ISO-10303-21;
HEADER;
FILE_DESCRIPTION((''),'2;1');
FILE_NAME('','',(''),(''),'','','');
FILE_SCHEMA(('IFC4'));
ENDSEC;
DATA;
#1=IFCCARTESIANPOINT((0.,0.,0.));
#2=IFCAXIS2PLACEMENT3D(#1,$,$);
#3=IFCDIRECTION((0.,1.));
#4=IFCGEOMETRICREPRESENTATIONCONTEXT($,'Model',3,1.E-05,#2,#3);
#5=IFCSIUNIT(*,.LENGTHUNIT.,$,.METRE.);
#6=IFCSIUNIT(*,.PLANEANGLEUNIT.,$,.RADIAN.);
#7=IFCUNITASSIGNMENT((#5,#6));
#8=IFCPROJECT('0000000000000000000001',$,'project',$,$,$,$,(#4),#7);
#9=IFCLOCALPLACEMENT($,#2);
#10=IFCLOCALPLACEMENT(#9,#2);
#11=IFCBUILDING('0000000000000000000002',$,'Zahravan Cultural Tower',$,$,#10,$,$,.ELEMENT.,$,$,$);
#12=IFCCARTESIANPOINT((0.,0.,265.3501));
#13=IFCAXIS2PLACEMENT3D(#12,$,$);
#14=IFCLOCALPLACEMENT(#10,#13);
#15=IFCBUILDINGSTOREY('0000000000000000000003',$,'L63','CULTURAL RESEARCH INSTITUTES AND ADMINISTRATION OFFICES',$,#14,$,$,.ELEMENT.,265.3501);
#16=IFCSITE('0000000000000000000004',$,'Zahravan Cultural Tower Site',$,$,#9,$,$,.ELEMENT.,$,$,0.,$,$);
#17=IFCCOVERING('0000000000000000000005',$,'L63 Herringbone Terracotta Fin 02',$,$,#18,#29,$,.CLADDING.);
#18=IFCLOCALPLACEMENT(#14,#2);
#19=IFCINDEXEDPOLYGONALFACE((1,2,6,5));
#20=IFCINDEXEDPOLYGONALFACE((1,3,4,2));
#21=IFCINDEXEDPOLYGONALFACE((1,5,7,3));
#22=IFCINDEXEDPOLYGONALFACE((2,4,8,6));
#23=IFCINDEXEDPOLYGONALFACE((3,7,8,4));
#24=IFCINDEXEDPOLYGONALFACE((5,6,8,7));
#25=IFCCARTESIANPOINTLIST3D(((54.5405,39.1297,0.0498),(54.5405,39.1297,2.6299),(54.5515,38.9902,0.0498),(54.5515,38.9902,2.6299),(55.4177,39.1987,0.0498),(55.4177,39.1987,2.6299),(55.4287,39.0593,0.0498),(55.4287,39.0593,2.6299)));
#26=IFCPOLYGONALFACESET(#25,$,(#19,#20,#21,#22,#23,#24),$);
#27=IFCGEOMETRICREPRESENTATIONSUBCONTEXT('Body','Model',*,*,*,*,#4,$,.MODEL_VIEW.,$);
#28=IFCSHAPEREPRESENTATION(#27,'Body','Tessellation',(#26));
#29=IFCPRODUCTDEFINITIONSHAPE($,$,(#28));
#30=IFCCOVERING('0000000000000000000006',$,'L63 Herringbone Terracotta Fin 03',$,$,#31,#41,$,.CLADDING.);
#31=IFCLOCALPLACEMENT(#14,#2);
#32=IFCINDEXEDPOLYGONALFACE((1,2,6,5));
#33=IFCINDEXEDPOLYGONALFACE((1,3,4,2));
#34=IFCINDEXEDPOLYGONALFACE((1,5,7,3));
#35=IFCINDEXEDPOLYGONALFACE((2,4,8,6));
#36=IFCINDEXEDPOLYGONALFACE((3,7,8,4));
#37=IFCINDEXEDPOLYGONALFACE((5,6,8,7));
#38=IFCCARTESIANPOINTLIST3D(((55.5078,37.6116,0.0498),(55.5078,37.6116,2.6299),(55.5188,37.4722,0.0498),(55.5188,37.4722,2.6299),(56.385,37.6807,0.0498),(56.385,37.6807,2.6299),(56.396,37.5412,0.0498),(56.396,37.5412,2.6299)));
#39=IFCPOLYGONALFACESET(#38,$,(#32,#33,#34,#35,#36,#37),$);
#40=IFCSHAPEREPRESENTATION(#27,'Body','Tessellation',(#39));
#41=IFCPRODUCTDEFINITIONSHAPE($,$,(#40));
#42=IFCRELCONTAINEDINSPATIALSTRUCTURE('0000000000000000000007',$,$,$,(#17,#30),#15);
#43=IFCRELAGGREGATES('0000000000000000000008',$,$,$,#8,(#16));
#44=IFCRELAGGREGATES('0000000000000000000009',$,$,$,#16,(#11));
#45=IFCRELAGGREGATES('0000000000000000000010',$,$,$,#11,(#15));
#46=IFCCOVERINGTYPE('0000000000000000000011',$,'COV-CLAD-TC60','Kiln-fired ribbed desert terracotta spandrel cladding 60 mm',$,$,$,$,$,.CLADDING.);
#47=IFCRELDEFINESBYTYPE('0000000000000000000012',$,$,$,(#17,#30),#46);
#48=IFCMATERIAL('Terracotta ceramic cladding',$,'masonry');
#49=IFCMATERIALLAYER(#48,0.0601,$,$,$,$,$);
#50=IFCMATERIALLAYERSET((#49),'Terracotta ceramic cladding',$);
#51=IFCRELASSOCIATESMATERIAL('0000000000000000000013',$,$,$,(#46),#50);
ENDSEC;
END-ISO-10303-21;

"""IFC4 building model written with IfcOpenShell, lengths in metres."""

from ifc_helpers import new_model, si_unit, direction, frame, origin, origin_2d, place, context, subcontext, project, spatial, rectangle, extrude, source, transform, mapped, material, layer, layer_set, type_object, element, save


model = new_model("IFC4")

# Units and contexts
model_context = context("Model", 3, precision=1e-05, world=origin(), true_north=direction((0.0, 1.0)))
body_context = subcontext(model_context, "Body", "Model", "MODEL_VIEW")
ifc_project = project(units=[si_unit("LENGTHUNIT", "METRE"), si_unit("PLANEANGLEUNIT", "RADIAN")], contexts=[model_context])

# Site, building, storey
site_placement = place(None, origin())
site = spatial("IfcSite", under=ifc_project, at=site_placement, Name="Zahravan Cultural Tower Site", CompositionType="ELEMENT", RefElevation=0.0)
building_placement = place(site_placement, origin())
building = spatial("IfcBuilding", under=site, at=building_placement, Name="Zahravan Cultural Tower", CompositionType="ELEMENT")
storey_placement = place(building_placement, frame((0.0, 0.0, 265.3501)))
storey = spatial("IfcBuildingStorey", under=building, at=storey_placement, Name="L63", Description="CULTURAL RESEARCH INSTITUTES AND ADMINISTRATION OFFICES", CompositionType="ELEMENT", Elevation=265.3501)

# Coverings
ifc_material_1 = material(Name="Terracotta ceramic cladding", Category="masonry")
ifc_layer_1 = layer(ifc_material_1, 0.0601)
ifc_layer_set_1 = layer_set([ifc_layer_1], Name="Terracotta ceramic cladding")
covering_type = type_object("IfcCoveringType", Name="COV-CLAD-TC60", Description="Kiln-fired ribbed desert terracotta spandrel cladding 60 mm", PredefinedType="CLADDING", material=ifc_layer_set_1)
shared_shape_1 = source(origin(), body_context, "Body", "SweptSolid", [
    extrude(rectangle(XDim=0.8799, YDim=0.1399, at=origin_2d()), origin(), (0.0, 0.0, 1.0), 2.5801),
])
for number, where, z_axis, x_axis, name in (
    (1, (54.9846, 39.0945, 0.0498), (0.0, 0.0, 1.0), (0.996917, 0.078459, 0.0), "L63 Herringbone Terracotta Fin 02"),
    (2, (55.9519, 37.5764, 0.0498), (0.0, 0.0, 1.0), (0.996917, 0.078459, 0.0), "L63 Herringbone Terracotta Fin 03"),
):
    element("IfcCovering", number, at=place(storey_placement, frame(where, z_axis=z_axis, x_axis=x_axis)), inside=storey, type_object=covering_type, Name=name, PredefinedType="CLADDING", context=body_context, shape_type="MappedRepresentation", body=[
        mapped(shared_shape_1, transform((0.0, 0.0, 0.0), x_axis=(1.0, 0.0, 0.0), y_axis=(0.0, 1.0, 0.0), z_axis=(0.0, 0.0, 1.0), scale=1.0)),
    ])

save(model, "model.ifc")
